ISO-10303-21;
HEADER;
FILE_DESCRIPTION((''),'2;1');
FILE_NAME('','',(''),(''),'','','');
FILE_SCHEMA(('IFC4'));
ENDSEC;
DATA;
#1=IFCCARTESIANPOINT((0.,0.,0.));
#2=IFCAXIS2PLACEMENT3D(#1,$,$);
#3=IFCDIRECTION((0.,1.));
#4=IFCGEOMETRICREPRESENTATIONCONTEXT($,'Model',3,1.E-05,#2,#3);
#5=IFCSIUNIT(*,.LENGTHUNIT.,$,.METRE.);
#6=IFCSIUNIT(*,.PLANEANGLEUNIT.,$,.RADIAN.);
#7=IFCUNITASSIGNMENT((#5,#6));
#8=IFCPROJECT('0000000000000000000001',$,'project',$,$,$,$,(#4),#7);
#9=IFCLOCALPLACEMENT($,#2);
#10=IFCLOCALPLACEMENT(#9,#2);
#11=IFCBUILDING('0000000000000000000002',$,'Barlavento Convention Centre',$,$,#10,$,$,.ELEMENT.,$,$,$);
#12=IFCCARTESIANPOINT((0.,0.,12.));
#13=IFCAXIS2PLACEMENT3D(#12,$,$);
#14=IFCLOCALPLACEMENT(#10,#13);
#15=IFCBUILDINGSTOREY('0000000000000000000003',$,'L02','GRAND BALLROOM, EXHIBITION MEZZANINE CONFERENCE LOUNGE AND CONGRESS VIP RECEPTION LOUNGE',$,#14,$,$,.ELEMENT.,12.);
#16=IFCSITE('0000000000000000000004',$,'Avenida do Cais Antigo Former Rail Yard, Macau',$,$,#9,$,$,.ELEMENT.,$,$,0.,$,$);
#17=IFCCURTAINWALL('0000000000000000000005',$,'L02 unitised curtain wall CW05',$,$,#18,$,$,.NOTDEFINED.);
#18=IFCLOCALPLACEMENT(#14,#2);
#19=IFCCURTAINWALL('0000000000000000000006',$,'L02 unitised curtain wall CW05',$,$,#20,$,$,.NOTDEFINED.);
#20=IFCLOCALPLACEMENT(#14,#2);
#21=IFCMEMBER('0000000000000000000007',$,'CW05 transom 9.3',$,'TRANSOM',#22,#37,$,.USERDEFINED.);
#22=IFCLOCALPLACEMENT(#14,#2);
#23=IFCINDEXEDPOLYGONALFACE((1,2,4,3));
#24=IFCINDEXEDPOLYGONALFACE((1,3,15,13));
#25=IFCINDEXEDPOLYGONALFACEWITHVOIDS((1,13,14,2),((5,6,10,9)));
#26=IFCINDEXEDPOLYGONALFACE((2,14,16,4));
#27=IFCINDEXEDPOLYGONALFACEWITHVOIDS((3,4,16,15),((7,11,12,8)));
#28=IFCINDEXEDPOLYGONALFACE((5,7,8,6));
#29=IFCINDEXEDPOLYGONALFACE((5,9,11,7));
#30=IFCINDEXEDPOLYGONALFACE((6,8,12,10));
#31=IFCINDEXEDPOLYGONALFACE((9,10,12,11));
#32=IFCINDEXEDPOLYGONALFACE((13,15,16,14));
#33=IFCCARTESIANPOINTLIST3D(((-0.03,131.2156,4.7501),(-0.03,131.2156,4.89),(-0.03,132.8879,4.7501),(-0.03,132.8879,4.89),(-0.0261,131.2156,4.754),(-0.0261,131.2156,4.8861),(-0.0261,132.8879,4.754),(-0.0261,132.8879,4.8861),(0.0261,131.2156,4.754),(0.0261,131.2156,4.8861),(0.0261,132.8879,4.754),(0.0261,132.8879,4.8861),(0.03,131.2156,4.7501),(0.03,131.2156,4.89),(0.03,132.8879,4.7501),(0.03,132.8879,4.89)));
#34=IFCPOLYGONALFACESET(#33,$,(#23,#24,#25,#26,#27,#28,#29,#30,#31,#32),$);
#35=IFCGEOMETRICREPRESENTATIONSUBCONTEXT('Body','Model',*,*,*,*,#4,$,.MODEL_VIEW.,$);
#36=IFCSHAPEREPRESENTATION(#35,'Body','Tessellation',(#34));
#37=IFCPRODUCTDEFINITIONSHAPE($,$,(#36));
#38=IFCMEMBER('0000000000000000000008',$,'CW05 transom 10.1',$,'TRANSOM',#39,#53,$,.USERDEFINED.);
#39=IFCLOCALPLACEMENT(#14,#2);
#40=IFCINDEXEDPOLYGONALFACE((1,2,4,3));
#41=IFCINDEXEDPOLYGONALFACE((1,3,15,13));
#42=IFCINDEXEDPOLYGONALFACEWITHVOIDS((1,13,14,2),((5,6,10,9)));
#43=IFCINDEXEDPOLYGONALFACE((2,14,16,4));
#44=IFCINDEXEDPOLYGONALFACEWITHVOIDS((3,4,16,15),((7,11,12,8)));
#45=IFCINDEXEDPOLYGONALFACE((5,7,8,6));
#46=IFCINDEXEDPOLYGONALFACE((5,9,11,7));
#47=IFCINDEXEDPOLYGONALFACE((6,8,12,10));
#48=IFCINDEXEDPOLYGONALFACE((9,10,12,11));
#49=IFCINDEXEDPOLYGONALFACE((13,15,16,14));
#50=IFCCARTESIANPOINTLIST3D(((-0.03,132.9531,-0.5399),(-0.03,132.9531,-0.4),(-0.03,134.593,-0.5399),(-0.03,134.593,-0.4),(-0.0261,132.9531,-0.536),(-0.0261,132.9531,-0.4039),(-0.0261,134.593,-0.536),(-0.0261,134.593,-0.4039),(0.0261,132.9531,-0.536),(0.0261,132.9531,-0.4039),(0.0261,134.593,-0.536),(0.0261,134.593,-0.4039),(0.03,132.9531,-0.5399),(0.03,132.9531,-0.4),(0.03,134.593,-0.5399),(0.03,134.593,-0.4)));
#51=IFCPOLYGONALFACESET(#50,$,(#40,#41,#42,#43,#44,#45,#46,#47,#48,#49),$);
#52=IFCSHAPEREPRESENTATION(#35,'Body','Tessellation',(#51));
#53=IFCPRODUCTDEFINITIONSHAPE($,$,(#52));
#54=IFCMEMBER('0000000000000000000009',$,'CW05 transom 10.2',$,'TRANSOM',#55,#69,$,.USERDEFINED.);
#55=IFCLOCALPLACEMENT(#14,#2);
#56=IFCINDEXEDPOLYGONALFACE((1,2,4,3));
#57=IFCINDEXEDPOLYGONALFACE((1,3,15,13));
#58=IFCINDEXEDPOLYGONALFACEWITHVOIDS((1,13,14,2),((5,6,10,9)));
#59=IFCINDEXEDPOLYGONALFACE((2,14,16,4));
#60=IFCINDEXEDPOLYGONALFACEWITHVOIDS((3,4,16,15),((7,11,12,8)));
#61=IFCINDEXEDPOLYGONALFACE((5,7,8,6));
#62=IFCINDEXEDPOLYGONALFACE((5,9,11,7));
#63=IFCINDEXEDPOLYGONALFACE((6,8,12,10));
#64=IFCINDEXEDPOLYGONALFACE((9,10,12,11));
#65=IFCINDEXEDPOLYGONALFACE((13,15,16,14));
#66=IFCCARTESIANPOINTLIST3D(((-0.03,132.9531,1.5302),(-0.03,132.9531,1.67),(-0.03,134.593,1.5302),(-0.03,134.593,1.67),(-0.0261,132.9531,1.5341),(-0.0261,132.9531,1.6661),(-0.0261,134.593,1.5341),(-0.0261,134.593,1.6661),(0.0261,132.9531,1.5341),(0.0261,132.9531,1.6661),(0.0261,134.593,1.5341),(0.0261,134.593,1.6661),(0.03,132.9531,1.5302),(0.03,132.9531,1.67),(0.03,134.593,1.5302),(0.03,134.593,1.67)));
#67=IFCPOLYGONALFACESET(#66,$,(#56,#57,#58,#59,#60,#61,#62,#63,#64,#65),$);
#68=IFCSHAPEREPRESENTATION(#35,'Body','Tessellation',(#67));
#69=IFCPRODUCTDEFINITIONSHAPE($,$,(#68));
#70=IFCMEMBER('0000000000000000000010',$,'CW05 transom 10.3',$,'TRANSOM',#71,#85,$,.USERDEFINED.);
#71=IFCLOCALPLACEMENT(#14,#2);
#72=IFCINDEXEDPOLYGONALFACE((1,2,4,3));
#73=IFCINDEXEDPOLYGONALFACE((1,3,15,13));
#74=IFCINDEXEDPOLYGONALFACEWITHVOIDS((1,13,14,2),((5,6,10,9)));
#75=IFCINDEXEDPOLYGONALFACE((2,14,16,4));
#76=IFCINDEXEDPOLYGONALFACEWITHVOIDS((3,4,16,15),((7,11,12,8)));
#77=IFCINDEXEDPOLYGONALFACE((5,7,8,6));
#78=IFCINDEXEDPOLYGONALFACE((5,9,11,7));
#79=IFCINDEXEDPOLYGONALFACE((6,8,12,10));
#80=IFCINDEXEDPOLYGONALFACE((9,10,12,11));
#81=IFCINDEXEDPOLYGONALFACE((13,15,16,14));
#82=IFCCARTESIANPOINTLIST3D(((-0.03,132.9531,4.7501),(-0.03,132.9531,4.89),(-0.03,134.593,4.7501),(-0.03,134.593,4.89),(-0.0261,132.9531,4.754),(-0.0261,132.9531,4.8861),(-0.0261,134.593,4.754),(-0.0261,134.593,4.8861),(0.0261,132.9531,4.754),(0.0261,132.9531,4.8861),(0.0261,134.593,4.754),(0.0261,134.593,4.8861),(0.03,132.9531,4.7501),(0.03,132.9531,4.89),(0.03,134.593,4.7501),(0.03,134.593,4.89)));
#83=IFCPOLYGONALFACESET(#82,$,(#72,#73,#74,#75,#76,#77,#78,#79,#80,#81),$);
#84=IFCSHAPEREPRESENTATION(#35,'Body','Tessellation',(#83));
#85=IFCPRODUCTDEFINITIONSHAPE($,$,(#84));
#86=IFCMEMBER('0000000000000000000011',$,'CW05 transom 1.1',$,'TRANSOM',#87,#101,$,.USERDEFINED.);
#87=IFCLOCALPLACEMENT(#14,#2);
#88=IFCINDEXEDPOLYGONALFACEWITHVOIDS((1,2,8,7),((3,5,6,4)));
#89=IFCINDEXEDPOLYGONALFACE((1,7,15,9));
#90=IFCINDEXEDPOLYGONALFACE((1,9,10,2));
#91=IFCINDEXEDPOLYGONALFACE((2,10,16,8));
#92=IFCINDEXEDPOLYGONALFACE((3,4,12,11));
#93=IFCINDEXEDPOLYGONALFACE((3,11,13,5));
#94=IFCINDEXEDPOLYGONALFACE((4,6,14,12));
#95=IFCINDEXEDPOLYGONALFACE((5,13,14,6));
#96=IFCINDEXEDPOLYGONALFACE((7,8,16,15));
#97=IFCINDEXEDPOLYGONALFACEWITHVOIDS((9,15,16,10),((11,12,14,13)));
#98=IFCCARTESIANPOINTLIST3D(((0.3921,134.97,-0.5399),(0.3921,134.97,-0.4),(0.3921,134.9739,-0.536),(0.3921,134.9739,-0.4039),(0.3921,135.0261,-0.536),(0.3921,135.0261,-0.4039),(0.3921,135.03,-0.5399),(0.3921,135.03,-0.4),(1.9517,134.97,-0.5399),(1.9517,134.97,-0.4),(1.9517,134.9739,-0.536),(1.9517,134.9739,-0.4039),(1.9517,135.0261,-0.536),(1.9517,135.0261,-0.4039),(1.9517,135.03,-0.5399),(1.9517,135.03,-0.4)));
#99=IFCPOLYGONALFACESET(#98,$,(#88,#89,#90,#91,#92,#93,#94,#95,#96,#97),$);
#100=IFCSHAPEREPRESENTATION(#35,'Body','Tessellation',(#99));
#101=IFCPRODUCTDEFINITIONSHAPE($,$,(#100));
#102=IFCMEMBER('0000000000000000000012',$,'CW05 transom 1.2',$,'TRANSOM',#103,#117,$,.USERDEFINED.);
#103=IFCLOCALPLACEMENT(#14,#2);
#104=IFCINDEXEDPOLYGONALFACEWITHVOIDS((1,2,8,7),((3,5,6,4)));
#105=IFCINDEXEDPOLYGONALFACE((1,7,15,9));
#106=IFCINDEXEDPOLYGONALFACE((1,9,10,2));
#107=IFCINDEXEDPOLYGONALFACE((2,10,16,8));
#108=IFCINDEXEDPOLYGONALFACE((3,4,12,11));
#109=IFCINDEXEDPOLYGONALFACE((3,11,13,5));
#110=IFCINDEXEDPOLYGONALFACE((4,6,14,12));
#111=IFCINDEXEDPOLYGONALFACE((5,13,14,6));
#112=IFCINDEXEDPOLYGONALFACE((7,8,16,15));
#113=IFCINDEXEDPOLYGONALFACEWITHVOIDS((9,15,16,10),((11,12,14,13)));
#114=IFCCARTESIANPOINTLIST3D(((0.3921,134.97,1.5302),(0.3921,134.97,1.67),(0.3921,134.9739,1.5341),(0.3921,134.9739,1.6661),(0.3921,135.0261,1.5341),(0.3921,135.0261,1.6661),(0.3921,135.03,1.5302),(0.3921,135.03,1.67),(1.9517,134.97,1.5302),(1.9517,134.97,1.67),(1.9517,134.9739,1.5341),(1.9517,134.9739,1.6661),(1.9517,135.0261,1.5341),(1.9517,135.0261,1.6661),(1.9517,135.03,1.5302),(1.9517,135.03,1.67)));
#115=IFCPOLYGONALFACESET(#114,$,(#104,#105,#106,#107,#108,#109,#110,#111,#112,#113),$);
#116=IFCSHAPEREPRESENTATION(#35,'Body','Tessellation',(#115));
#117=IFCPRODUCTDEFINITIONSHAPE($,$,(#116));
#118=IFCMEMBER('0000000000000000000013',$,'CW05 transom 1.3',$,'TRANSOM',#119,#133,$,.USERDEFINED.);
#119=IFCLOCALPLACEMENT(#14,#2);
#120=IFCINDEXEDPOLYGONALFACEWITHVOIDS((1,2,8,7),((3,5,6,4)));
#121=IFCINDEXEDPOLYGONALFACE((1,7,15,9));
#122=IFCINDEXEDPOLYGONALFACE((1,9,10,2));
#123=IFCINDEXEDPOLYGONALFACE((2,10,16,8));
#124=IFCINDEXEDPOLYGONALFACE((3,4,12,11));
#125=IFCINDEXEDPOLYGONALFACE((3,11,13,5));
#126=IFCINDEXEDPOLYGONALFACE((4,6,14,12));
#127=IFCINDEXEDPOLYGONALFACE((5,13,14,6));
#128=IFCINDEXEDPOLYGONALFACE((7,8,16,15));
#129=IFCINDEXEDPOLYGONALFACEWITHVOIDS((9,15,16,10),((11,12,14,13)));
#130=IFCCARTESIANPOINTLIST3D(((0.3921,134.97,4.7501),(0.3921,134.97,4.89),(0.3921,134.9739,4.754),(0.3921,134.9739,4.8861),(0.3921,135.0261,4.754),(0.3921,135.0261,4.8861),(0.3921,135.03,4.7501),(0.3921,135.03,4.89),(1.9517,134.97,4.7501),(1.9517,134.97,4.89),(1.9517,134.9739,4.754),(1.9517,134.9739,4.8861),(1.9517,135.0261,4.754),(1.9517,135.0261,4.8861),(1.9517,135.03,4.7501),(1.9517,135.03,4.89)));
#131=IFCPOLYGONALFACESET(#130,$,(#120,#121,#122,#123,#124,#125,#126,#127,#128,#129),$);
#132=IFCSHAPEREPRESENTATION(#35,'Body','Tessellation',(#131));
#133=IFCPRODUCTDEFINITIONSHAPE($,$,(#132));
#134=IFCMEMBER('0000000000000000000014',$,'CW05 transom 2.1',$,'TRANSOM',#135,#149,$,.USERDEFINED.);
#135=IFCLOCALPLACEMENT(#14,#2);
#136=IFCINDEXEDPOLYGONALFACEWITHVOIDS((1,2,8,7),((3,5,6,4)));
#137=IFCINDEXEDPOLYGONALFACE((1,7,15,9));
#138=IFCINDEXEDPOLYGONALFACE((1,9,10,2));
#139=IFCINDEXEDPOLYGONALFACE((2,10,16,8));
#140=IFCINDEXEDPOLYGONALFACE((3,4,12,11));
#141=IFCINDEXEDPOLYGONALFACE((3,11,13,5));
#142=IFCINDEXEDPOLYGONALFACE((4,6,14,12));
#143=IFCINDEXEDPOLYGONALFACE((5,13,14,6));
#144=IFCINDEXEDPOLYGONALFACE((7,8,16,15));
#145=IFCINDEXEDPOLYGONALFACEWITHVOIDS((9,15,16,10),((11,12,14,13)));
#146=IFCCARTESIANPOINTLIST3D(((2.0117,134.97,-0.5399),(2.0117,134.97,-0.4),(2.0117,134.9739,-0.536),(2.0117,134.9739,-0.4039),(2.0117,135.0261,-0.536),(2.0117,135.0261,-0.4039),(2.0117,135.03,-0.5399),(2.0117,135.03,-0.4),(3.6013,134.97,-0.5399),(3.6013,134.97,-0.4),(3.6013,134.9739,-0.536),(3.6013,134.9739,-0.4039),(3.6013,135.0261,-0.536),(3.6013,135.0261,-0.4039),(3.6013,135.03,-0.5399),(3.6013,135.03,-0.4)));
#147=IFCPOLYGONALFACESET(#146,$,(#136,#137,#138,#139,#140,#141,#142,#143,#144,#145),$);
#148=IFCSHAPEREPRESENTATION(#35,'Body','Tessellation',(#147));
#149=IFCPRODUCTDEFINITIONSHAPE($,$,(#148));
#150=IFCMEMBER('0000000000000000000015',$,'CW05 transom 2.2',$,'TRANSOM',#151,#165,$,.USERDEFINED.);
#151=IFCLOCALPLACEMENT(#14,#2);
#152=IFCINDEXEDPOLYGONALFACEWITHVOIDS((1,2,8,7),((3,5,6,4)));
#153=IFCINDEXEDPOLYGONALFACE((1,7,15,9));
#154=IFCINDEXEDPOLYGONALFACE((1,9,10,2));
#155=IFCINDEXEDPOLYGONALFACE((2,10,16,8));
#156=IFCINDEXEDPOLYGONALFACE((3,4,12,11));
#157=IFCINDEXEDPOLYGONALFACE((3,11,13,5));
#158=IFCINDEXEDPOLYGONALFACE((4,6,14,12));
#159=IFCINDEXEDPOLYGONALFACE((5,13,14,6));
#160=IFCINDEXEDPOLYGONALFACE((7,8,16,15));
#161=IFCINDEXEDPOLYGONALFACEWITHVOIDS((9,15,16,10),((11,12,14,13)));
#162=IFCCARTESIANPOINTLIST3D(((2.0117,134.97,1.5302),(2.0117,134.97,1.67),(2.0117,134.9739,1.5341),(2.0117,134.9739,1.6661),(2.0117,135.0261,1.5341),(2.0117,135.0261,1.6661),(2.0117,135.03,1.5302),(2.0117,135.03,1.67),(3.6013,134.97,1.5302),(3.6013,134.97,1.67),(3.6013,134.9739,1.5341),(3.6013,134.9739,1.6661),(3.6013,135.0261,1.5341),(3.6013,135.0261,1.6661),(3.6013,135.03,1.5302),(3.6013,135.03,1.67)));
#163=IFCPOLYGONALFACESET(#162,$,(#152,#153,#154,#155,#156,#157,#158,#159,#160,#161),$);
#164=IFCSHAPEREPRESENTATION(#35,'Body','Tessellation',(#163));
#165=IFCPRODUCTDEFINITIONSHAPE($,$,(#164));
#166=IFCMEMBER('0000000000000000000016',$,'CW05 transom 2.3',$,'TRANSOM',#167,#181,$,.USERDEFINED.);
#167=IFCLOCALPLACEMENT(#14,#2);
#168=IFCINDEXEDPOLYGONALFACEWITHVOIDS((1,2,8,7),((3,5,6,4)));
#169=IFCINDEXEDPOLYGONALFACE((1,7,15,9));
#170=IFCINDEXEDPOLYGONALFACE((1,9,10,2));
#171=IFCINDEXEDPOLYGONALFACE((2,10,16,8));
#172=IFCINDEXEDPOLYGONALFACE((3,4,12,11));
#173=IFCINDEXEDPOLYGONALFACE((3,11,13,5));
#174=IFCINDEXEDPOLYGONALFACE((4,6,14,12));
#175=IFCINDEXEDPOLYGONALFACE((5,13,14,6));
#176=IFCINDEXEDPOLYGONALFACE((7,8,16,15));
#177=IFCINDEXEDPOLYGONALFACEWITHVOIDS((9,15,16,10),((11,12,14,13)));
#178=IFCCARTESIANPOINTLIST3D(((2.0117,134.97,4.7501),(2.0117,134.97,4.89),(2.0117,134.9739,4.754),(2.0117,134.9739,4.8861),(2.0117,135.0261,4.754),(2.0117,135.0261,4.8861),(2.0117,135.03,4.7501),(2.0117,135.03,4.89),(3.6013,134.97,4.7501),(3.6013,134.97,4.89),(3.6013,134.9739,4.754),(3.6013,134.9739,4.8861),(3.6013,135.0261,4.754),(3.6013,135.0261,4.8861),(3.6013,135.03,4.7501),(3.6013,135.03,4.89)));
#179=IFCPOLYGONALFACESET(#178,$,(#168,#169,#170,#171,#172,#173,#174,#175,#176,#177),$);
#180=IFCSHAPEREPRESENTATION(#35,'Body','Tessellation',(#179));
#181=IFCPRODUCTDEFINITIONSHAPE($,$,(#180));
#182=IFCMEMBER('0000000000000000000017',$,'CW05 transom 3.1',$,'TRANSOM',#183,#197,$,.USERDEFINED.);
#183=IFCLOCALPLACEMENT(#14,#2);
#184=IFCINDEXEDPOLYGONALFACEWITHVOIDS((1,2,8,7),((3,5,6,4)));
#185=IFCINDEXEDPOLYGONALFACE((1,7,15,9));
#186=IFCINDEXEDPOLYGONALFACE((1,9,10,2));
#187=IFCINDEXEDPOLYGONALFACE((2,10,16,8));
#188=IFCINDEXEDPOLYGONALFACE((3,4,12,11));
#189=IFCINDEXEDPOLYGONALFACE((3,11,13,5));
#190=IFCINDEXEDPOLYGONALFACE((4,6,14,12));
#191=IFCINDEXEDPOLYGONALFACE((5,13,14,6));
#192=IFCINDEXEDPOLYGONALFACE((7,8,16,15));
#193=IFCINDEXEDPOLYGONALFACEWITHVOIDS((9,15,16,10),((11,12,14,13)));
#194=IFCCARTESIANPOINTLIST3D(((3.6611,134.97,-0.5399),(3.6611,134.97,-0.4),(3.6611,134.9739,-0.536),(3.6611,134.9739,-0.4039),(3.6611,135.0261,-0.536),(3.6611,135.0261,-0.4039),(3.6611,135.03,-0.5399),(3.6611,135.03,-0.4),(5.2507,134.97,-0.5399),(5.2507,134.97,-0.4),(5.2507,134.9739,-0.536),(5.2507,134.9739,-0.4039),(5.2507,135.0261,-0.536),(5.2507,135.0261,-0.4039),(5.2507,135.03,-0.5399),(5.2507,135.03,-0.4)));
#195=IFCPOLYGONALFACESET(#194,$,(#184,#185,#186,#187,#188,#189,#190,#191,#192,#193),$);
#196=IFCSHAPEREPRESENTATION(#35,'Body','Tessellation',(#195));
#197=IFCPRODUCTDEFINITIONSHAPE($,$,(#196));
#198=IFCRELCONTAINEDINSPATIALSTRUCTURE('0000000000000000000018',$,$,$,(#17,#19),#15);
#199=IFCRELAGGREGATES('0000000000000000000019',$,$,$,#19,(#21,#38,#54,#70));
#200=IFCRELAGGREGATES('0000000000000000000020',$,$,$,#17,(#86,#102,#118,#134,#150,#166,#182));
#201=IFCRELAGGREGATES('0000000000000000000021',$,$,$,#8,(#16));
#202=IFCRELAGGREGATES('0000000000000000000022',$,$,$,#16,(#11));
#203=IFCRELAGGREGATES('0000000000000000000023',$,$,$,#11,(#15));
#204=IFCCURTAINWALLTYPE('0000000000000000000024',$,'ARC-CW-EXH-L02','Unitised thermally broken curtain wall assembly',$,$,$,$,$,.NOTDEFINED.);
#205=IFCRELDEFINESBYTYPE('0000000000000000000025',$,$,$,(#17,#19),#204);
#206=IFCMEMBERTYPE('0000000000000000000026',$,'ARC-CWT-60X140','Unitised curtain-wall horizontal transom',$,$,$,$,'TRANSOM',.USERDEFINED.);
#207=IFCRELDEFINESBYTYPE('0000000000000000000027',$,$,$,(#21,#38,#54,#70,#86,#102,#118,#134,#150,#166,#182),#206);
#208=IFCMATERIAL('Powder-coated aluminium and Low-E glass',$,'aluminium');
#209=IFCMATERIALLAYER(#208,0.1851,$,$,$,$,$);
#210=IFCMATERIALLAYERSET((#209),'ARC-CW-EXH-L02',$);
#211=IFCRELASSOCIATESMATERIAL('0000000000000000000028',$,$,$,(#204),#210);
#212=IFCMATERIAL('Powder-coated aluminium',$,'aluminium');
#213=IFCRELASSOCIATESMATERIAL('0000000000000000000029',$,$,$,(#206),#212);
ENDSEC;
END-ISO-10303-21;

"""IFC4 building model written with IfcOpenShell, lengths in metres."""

from ifc_helpers import new_model, si_unit, direction, frame, origin, origin_2d, place, context, subcontext, project, spatial, hollow_rectangle, extrude, material, layer, layer_set, material_profile, profile_set, type_object, element, aggregate, save


model = new_model("IFC4")

# Units and contexts
model_context = context("Model", 3, precision=1e-05, world=origin(), true_north=direction((0.0, 1.0)))
body_context = subcontext(model_context, "Body", "Model", "MODEL_VIEW")
ifc_project = project(units=[si_unit("LENGTHUNIT", "METRE"), si_unit("PLANEANGLEUNIT", "RADIAN")], contexts=[model_context])

# Site, building, storey
site_placement = place(None, origin())
site = spatial("IfcSite", under=ifc_project, at=site_placement, Name="Avenida do Cais Antigo Former Rail Yard, Macau", CompositionType="ELEMENT", RefElevation=0.0)
building_placement = place(site_placement, origin())
building = spatial("IfcBuilding", under=site, at=building_placement, Name="Barlavento Convention Centre", CompositionType="ELEMENT")
storey_placement = place(building_placement, frame((0.0, 0.0, 12.0)))
storey = spatial("IfcBuildingStorey", under=building, at=storey_placement, Name="L02", Description="GRAND BALLROOM, EXHIBITION MEZZANINE CONFERENCE LOUNGE AND CONGRESS VIP RECEPTION LOUNGE", CompositionType="ELEMENT", Elevation=12.0)

# Curtain walls, members
ifc_material_1 = material(Name="Powder-coated aluminium and Low-E glass", Category="aluminium")
ifc_layer_1 = layer(ifc_material_1, 0.1851)
ifc_layer_set_1 = layer_set([ifc_layer_1], Name="ARC-CW-EXH-L02")
curtain_wall_type = type_object("IfcCurtainWallType", Name="ARC-CW-EXH-L02", Description="Unitised thermally broken curtain wall assembly", PredefinedType="NOTDEFINED", material=ifc_layer_set_1)
curtain_wall_1_placement = place(storey_placement, origin())
curtain_wall_1 = element("IfcCurtainWall", 1, at=curtain_wall_1_placement, inside=storey, type_object=curtain_wall_type, Name="L02 unitised curtain wall CW05", PredefinedType="NOTDEFINED")
ifc_material_2 = material(Name="Powder-coated aluminium", Category="aluminium")
curtain_wall_2_placement = place(storey_placement, origin())
curtain_wall_2 = element("IfcCurtainWall", 2, at=curtain_wall_2_placement, inside=storey, type_object=curtain_wall_type, Name="L02 unitised curtain wall CW05", PredefinedType="NOTDEFINED")
ifc_material_profile_1 = material_profile(ifc_material_2, hollow_rectangle(XDim=0.0601, YDim=0.1399, WallThickness=0.0039, at=origin_2d()), Name="AL-TRAN 60x140x4")
ifc_profile_set_1 = profile_set([ifc_material_profile_1], Name="Powder-coated aluminium")
member_type_1 = type_object("IfcMemberType", Name="ARC-CWT-60X140", Description="Unitised curtain-wall horizontal transom", ElementType="TRANSOM", PredefinedType="USERDEFINED", material=ifc_profile_set_1)
member_1_placement = place(storey_placement, frame((0.0, 131.2156, 4.8201), z_axis=(0.0, 1.0, 0.0), x_axis=(-1.0, 0.0, 0.0)))
member_1 = element("IfcMember", 3, at=member_1_placement, type_object=member_type_1, Name="CW05 transom 9.3", ObjectType="TRANSOM", PredefinedType="USERDEFINED", context=body_context, shape_type="SweptSolid", body=[
    extrude(hollow_rectangle(XDim=0.0601, YDim=0.1399, WallThickness=0.0039, at=origin_2d()), origin(), (0.0, 0.0, 1.0), 1.6724),
])
member_2_placement = place(storey_placement, frame((0.0, 132.9531, -0.47), z_axis=(0.0, 1.0, 0.0), x_axis=(-1.0, 0.0, 0.0)))
member_2 = element("IfcMember", 4, at=member_2_placement, type_object=member_type_1, Name="CW05 transom 10.1", ObjectType="TRANSOM", PredefinedType="USERDEFINED", context=body_context, shape_type="SweptSolid", body=[
    extrude(hollow_rectangle(XDim=0.0601, YDim=0.1399, WallThickness=0.0039, at=origin_2d()), origin(), (0.0, 0.0, 1.0), 1.6399),
])
member_3_placement = place(storey_placement, frame((0.0, 132.9531, 1.6001), z_axis=(0.0, 1.0, 0.0), x_axis=(-1.0, 0.0, 0.0)))
member_3 = element("IfcMember", 5, at=member_3_placement, type_object=member_type_1, Name="CW05 transom 10.2", ObjectType="TRANSOM", PredefinedType="USERDEFINED", context=body_context, shape_type="SweptSolid", body=[
    extrude(hollow_rectangle(XDim=0.0601, YDim=0.1399, WallThickness=0.0039, at=origin_2d()), origin(), (0.0, 0.0, 1.0), 1.6399),
])
member_4_placement = place(storey_placement, frame((0.0, 132.9531, 4.8201), z_axis=(0.0, 1.0, 0.0), x_axis=(-1.0, 0.0, 0.0)))
member_4 = element("IfcMember", 6, at=member_4_placement, type_object=member_type_1, Name="CW05 transom 10.3", ObjectType="TRANSOM", PredefinedType="USERDEFINED", context=body_context, shape_type="SweptSolid", body=[
    extrude(hollow_rectangle(XDim=0.0601, YDim=0.1399, WallThickness=0.0039, at=origin_2d()), origin(), (0.0, 0.0, 1.0), 1.6399),
])

# Members
member_5_placement = place(storey_placement, frame((0.3921, 135.0, -0.47), z_axis=(1.0, 0.0, 0.0), x_axis=(0.0, 1.0, 0.0)))
member_5 = element("IfcMember", 7, at=member_5_placement, type_object=member_type_1, Name="CW05 transom 1.1", ObjectType="TRANSOM", PredefinedType="USERDEFINED", context=body_context, shape_type="SweptSolid", body=[
    extrude(hollow_rectangle(XDim=0.0601, YDim=0.1399, WallThickness=0.0039, at=origin_2d()), origin(), (0.0, 0.0, 1.0), 1.5596),
])
member_6_placement = place(storey_placement, frame((0.3921, 135.0, 1.6001), z_axis=(1.0, 0.0, 0.0), x_axis=(0.0, 1.0, 0.0)))
member_6 = element("IfcMember", 8, at=member_6_placement, type_object=member_type_1, Name="CW05 transom 1.2", ObjectType="TRANSOM", PredefinedType="USERDEFINED", context=body_context, shape_type="SweptSolid", body=[
    extrude(hollow_rectangle(XDim=0.0601, YDim=0.1399, WallThickness=0.0039, at=origin_2d()), origin(), (0.0, 0.0, 1.0), 1.5596),
])
member_7_placement = place(storey_placement, frame((0.3921, 135.0, 4.8201), z_axis=(1.0, 0.0, 0.0), x_axis=(0.0, 1.0, 0.0)))
member_7 = element("IfcMember", 9, at=member_7_placement, type_object=member_type_1, Name="CW05 transom 1.3", ObjectType="TRANSOM", PredefinedType="USERDEFINED", context=body_context, shape_type="SweptSolid", body=[
    extrude(hollow_rectangle(XDim=0.0601, YDim=0.1399, WallThickness=0.0039, at=origin_2d()), origin(), (0.0, 0.0, 1.0), 1.5596),
])
member_8_placement = place(storey_placement, frame((2.0117, 135.0, -0.47), z_axis=(1.0, 0.0, 0.0), x_axis=(0.0, 1.0, 0.0)))
member_8 = element("IfcMember", 10, at=member_8_placement, type_object=member_type_1, Name="CW05 transom 2.1", ObjectType="TRANSOM", PredefinedType="USERDEFINED", context=body_context, shape_type="SweptSolid", body=[
    extrude(hollow_rectangle(XDim=0.0601, YDim=0.1399, WallThickness=0.0039, at=origin_2d()), origin(), (0.0, 0.0, 1.0), 1.5896),
])
member_9_placement = place(storey_placement, frame((2.0117, 135.0, 1.6001), z_axis=(1.0, 0.0, 0.0), x_axis=(0.0, 1.0, 0.0)))
member_9 = element("IfcMember", 11, at=member_9_placement, type_object=member_type_1, Name="CW05 transom 2.2", ObjectType="TRANSOM", PredefinedType="USERDEFINED", context=body_context, shape_type="SweptSolid", body=[
    extrude(hollow_rectangle(XDim=0.0601, YDim=0.1399, WallThickness=0.0039, at=origin_2d()), origin(), (0.0, 0.0, 1.0), 1.5896),
])
member_10_placement = place(storey_placement, frame((2.0117, 135.0, 4.8201), z_axis=(1.0, 0.0, 0.0), x_axis=(0.0, 1.0, 0.0)))
member_10 = element("IfcMember", 12, at=member_10_placement, type_object=member_type_1, Name="CW05 transom 2.3", ObjectType="TRANSOM", PredefinedType="USERDEFINED", context=body_context, shape_type="SweptSolid", body=[
    extrude(hollow_rectangle(XDim=0.0601, YDim=0.1399, WallThickness=0.0039, at=origin_2d()), origin(), (0.0, 0.0, 1.0), 1.5896),
])
member_11_placement = place(storey_placement, frame((3.6611, 135.0, -0.47), z_axis=(1.0, 0.0, 0.0), x_axis=(0.0, 1.0, 0.0)))
member_11 = element("IfcMember", 13, at=member_11_placement, type_object=member_type_1, Name="CW05 transom 3.1", ObjectType="TRANSOM", PredefinedType="USERDEFINED", context=body_context, shape_type="SweptSolid", body=[
    extrude(hollow_rectangle(XDim=0.0601, YDim=0.1399, WallThickness=0.0039, at=origin_2d()), origin(), (0.0, 0.0, 1.0), 1.5896),
])

aggregate(curtain_wall_2, [member_1, member_2, member_3, member_4])
aggregate(curtain_wall_1, [member_5, member_6, member_7, member_8, member_9, member_10, member_11])

save(model, "model.ifc")
